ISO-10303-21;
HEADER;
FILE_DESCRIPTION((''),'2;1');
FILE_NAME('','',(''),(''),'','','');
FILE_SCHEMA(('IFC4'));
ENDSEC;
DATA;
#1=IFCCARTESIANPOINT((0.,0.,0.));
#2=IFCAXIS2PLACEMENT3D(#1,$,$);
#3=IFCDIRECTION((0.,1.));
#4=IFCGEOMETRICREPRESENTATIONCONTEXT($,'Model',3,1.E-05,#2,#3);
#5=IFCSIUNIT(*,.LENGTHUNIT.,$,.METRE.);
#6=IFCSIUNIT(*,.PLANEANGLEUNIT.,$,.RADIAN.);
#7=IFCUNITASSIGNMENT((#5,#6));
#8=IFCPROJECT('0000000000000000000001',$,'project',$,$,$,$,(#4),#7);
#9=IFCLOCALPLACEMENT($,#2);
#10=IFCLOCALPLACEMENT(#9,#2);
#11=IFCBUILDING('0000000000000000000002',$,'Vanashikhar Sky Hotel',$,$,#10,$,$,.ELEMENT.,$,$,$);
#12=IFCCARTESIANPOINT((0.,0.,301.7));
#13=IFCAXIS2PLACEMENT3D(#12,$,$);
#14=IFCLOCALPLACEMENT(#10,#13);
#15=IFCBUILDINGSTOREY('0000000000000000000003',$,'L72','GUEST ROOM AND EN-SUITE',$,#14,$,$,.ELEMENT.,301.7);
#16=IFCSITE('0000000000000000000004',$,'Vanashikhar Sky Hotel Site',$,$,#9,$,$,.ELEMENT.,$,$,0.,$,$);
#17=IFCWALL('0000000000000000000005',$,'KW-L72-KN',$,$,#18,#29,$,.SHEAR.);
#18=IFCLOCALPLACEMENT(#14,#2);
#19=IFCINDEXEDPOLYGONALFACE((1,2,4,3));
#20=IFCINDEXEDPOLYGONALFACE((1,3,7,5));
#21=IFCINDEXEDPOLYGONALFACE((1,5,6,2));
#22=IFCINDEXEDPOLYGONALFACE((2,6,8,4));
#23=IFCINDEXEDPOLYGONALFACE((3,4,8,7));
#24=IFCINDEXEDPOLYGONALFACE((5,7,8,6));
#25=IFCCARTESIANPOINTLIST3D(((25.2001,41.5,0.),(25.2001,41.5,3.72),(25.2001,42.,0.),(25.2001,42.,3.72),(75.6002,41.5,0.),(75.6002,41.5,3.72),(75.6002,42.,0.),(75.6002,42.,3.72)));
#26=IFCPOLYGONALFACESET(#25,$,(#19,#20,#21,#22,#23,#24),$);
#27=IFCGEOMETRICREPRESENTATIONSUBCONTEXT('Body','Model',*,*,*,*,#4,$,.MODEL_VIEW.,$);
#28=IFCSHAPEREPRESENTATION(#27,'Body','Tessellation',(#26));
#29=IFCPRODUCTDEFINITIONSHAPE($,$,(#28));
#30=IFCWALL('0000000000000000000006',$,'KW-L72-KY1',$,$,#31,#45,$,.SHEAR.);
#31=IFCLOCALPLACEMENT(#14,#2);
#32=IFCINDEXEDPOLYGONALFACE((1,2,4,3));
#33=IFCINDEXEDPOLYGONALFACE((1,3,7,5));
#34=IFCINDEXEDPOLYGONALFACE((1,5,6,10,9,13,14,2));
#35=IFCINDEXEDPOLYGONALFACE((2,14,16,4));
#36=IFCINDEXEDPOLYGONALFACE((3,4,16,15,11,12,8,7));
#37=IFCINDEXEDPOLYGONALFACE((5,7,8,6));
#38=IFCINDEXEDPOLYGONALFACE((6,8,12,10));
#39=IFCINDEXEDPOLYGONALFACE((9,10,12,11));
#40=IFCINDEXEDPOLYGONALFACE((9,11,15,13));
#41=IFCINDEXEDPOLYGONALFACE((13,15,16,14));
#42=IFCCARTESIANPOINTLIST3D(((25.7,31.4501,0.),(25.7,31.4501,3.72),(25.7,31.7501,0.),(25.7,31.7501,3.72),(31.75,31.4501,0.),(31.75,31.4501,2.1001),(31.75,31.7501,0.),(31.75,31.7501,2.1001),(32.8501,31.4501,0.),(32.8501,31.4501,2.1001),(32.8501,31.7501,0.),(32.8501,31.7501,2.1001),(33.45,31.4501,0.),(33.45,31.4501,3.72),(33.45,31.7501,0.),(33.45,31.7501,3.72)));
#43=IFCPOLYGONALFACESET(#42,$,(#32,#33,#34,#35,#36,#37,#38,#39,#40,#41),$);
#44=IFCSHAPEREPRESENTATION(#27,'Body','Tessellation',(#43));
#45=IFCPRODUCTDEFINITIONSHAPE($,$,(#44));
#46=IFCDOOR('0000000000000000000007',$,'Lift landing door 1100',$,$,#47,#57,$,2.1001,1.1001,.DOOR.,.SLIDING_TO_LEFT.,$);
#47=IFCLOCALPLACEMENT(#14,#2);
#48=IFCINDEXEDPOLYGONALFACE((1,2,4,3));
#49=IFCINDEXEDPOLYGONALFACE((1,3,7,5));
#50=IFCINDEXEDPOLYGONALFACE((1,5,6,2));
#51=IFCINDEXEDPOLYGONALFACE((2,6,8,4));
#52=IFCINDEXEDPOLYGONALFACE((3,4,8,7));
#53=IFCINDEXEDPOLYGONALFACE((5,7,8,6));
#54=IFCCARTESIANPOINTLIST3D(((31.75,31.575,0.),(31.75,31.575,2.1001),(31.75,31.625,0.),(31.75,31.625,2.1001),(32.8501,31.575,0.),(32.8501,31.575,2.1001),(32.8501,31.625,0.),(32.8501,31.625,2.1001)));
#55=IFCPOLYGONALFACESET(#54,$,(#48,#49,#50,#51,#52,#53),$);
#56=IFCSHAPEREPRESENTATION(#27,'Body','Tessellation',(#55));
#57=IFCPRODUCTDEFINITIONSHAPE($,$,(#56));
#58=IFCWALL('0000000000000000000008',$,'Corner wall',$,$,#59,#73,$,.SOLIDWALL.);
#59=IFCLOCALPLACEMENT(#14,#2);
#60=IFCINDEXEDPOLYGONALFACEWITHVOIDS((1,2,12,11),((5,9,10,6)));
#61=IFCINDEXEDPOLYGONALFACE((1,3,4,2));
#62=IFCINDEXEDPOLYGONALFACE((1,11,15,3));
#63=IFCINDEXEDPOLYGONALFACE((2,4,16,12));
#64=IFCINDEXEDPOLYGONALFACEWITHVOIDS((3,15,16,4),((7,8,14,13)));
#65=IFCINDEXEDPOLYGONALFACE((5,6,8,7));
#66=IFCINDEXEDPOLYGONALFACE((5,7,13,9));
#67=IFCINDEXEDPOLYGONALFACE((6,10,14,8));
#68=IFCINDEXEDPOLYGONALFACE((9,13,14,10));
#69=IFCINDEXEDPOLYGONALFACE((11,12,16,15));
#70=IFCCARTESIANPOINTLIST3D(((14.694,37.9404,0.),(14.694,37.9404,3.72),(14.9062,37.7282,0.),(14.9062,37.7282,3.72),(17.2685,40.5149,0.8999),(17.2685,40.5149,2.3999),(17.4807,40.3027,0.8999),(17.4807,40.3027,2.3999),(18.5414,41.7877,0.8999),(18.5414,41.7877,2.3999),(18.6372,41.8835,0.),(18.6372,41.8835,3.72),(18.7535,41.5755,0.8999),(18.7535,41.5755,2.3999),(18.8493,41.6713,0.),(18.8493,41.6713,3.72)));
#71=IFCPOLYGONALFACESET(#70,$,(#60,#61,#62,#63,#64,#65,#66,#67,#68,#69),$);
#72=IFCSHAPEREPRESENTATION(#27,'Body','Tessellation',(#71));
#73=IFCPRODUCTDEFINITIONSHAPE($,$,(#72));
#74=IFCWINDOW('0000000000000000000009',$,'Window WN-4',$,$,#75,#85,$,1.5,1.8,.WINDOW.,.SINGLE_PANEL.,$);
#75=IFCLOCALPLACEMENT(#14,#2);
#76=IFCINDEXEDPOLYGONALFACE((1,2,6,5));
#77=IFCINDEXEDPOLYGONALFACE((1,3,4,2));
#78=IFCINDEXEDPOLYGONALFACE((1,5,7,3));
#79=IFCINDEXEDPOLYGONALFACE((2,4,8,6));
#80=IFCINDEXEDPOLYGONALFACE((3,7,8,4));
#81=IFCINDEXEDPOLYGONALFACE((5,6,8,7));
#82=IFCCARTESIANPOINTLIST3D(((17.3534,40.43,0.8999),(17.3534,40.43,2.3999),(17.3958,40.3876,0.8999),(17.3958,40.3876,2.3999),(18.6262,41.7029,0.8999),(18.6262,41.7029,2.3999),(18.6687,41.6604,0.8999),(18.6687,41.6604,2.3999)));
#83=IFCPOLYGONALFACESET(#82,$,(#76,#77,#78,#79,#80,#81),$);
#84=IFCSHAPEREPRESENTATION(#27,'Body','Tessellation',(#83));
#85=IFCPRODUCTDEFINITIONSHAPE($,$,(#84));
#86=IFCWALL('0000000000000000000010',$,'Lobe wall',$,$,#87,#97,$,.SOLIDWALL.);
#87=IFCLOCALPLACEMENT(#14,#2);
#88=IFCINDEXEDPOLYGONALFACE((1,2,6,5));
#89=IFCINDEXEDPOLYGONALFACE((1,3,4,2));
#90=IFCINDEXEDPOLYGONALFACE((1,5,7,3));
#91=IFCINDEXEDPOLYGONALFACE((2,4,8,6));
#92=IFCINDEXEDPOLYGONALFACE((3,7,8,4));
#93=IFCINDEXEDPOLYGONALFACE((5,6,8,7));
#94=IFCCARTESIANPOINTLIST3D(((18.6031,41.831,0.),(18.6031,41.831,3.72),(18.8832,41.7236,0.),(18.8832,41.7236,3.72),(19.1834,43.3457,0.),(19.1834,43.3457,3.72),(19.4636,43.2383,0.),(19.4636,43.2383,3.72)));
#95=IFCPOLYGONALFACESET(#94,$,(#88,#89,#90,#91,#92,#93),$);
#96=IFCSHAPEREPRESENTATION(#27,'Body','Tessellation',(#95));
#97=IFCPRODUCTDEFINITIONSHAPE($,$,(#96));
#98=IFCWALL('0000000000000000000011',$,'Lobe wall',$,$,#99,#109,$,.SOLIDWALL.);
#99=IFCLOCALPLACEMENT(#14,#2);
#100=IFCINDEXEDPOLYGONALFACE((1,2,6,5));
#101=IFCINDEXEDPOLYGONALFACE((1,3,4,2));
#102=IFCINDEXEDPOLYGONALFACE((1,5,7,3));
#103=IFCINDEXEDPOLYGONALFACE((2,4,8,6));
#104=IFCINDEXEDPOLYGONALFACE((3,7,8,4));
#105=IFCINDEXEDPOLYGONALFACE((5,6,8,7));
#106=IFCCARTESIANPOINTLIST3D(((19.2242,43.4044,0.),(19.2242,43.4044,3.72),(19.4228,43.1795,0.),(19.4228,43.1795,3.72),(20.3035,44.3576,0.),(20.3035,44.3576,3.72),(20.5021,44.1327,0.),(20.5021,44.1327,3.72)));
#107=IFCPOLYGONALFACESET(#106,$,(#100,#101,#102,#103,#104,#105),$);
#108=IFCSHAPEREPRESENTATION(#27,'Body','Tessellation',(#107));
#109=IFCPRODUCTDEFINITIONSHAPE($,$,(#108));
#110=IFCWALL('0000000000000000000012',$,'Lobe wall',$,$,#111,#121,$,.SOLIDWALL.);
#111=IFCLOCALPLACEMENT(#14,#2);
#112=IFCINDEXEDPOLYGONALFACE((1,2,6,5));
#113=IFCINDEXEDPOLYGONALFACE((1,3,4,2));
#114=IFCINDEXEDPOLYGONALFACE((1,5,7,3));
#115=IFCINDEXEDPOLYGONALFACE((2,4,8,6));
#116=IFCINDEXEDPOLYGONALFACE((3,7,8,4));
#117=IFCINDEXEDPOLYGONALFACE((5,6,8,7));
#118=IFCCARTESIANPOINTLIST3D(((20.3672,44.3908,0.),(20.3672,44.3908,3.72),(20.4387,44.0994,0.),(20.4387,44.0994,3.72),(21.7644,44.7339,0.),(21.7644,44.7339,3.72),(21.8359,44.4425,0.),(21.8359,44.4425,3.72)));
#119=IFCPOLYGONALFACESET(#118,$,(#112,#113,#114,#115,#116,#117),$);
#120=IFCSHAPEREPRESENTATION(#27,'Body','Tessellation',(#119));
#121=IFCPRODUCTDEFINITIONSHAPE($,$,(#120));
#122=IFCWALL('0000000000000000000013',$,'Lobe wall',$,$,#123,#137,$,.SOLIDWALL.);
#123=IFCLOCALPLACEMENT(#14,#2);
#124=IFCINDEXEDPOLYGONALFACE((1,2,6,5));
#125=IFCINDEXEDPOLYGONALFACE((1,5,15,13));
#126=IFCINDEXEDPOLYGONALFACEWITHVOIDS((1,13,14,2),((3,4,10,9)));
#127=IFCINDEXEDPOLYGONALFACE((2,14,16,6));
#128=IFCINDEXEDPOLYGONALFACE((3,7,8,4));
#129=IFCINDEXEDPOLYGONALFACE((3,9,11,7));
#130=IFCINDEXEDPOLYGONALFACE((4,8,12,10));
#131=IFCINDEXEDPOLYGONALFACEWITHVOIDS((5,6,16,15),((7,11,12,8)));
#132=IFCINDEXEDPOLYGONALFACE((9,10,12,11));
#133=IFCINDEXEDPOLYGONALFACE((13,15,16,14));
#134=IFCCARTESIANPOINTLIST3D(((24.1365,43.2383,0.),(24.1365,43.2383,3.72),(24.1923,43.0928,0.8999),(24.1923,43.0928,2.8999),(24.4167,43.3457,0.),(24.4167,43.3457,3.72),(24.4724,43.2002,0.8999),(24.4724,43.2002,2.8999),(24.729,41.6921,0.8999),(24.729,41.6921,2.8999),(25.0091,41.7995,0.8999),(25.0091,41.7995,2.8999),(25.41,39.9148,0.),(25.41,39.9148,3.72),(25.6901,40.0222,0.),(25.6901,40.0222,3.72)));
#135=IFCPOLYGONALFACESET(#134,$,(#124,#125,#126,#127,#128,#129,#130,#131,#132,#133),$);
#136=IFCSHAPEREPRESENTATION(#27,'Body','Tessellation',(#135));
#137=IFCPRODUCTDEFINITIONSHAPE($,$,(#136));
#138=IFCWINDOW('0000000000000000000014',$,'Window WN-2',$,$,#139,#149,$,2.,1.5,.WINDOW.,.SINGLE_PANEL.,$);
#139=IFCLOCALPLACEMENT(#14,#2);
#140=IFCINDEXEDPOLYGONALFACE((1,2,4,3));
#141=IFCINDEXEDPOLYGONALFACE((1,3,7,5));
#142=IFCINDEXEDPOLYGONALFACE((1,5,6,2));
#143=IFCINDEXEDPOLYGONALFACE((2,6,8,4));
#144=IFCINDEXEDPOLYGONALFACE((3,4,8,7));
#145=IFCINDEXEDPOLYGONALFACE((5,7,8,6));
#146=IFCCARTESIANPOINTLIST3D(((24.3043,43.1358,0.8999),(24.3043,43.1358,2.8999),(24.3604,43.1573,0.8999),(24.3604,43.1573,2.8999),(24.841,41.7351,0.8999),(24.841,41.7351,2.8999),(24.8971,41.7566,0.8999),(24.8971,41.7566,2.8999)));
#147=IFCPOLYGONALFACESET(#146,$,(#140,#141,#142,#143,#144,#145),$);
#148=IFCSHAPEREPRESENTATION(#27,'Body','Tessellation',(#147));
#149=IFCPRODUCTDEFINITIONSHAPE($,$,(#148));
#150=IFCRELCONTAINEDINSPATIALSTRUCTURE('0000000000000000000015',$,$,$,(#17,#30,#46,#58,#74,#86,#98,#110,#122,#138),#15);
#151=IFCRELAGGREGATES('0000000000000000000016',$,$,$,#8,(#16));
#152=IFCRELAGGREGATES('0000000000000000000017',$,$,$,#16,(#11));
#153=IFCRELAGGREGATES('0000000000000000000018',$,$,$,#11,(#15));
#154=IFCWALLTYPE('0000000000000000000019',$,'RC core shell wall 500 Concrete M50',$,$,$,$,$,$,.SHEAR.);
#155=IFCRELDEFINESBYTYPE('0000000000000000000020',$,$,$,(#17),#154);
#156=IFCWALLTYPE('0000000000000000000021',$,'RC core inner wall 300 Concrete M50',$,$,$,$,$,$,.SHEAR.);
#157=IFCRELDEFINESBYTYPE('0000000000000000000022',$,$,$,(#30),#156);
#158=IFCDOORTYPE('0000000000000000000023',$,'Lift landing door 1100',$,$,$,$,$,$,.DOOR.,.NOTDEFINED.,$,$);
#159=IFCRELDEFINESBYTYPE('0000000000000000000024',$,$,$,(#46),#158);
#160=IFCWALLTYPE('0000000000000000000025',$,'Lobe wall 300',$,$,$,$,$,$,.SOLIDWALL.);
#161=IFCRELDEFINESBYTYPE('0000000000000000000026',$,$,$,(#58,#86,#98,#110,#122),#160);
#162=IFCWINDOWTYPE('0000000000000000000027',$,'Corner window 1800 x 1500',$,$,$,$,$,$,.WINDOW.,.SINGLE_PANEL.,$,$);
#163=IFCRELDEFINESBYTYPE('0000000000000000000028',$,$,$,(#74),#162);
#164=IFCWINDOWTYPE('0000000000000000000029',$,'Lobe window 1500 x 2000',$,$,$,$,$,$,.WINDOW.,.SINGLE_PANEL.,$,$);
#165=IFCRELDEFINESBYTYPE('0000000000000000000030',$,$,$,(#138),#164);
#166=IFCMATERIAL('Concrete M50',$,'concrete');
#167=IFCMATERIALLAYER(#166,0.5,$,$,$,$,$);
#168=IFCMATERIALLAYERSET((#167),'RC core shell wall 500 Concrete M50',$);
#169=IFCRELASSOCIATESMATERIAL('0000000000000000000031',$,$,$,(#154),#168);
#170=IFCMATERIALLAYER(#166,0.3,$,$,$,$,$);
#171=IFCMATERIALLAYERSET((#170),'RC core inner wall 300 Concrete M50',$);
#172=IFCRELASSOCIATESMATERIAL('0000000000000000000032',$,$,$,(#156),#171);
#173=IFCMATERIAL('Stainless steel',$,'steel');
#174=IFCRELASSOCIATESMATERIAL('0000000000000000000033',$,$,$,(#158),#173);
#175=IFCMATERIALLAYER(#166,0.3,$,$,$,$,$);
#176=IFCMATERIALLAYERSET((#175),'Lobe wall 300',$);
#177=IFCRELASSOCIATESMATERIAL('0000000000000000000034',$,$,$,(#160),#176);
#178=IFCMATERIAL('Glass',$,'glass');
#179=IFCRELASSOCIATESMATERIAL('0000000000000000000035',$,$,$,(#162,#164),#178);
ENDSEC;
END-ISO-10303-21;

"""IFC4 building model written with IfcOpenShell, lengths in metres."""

from ifc_helpers import new_model, si_unit, direction, frame, frame_2d, origin, place, context, subcontext, project, spatial, rectangle, extrude, source, transform, mapped, material, layer, layer_set, type_object, element, fill, save


model = new_model("IFC4")

# Units and contexts
model_context = context("Model", 3, precision=1e-05, world=origin(), true_north=direction((0.0, 1.0)))
body_context = subcontext(model_context, "Body", "Model", "MODEL_VIEW")
ifc_project = project(units=[si_unit("LENGTHUNIT", "METRE"), si_unit("PLANEANGLEUNIT", "RADIAN")], contexts=[model_context])

# Site, building, storey
site_placement = place(None, origin())
site = spatial("IfcSite", under=ifc_project, at=site_placement, Name="Vanashikhar Sky Hotel Site", CompositionType="ELEMENT", RefElevation=0.0)
building_placement = place(site_placement, origin())
building = spatial("IfcBuilding", under=site, at=building_placement, Name="Vanashikhar Sky Hotel", CompositionType="ELEMENT")
storey_placement = place(building_placement, frame((0.0, 0.0, 301.7)))
storey = spatial("IfcBuildingStorey", under=building, at=storey_placement, Name="L72", Description="GUEST ROOM AND EN-SUITE", CompositionType="ELEMENT", Elevation=301.7)

# Wall
ifc_material_1 = material(Name="Concrete M50", Category="concrete")
ifc_layer_1 = layer(ifc_material_1, 0.5)
ifc_layer_set_1 = layer_set([ifc_layer_1], Name="RC core shell wall 500 Concrete M50")
wall_type_1 = type_object("IfcWallType", Name="RC core shell wall 500 Concrete M50", PredefinedType="SHEAR", material=ifc_layer_set_1)
shared_shape_1 = source(origin(), body_context, "Body", "SweptSolid", [
    extrude(rectangle(XDim=50.4001, YDim=0.5, at=frame_2d((25.2002, 0.0))), origin(), (0.0, 0.0, 1.0), 3.72),
])
wall_1_placement = place(storey_placement, frame((25.2, 41.75, 0.0), z_axis=(0.0, 0.0, 1.0), x_axis=(1.0, 0.0, 0.0)))
element("IfcWall", 1, at=wall_1_placement, inside=storey, type_object=wall_type_1, Name="KW-L72-KN", PredefinedType="SHEAR", context=body_context, shape_type="MappedRepresentation", body=[
    mapped(shared_shape_1, transform((0.0, 0.0, 0.0), scale=1.0)),
])

# Wall, opening, door
ifc_layer_2 = layer(ifc_material_1, 0.3)
ifc_layer_set_2 = layer_set([ifc_layer_2], Name="RC core inner wall 300 Concrete M50")
wall_type_2 = type_object("IfcWallType", Name="RC core inner wall 300 Concrete M50", PredefinedType="SHEAR", material=ifc_layer_set_2)
shared_shape_2 = source(origin(), body_context, "Body", "SweptSolid", [
    extrude(rectangle(XDim=7.75, YDim=0.3, at=frame_2d((3.875, 0.0))), origin(), (0.0, 0.0, 1.0), 3.72),
])
wall_2_placement = place(storey_placement, frame((25.7, 31.6001, 0.0), z_axis=(0.0, 0.0, 1.0), x_axis=(1.0, 0.0, 0.0)))
wall_2 = element("IfcWall", 2, at=wall_2_placement, inside=storey, type_object=wall_type_2, Name="KW-L72-KY1", PredefinedType="SHEAR", context=body_context, shape_type="MappedRepresentation", body=[
    mapped(shared_shape_2, transform((0.0, 0.0, 0.0), scale=1.0)),
])
shared_shape_3 = source(origin(), body_context, "Body", "SweptSolid", [
    extrude(rectangle(XDim=1.1001, YDim=2.1001, at=frame_2d((0.55, 1.05))), frame((0.0, 0.1602, 0.0), z_axis=(0.0, -1.0, 0.0), x_axis=(1.0, 0.0, 0.0)), (0.0, 0.0, 1.0), 0.3201),
])
opening_1_placement = place(wall_2_placement, frame((6.05, 0.0, 0.0)))
opening_1 = element("IfcOpeningElement", 3, at=opening_1_placement, cuts=wall_2, PredefinedType="OPENING", context=body_context, shape_type="MappedRepresentation", body=[
    mapped(shared_shape_3, transform((0.0, 0.0, 0.0), scale=1.0)),
])
ifc_material_2 = material(Name="Stainless steel", Category="steel")
door_type_1 = type_object("IfcDoorType", Name="Lift landing door 1100", OperationType="NOTDEFINED", PredefinedType="DOOR", material=ifc_material_2)
shared_shape_4 = source(origin(), body_context, "Body", "SweptSolid", [
    extrude(rectangle(XDim=1.1001, YDim=2.1001, at=frame_2d((0.55, 1.05))), frame((0.0, 0.0249, 0.0), z_axis=(0.0, -1.0, 0.0), x_axis=(1.0, 0.0, 0.0)), (0.0, 0.0, 1.0), 0.05),
])
door_1_placement = place(opening_1_placement, origin())
door_1 = element("IfcDoor", 4, at=door_1_placement, inside=storey, type_object=door_type_1, Name="Lift landing door 1100", OperationType="SLIDING_TO_LEFT", OverallHeight=2.1001, OverallWidth=1.1001, PredefinedType="DOOR", context=body_context, shape_type="MappedRepresentation", body=[
    mapped(shared_shape_4, transform((0.0, 0.0, 0.0), scale=1.0)),
])
fill(opening_1, door_1)

# Wall, opening, window
ifc_layer_3 = layer(ifc_material_1, 0.3)
ifc_layer_set_3 = layer_set([ifc_layer_3], Name="Lobe wall 300")
wall_type_3 = type_object("IfcWallType", Name="Lobe wall 300", PredefinedType="SOLIDWALL", material=ifc_layer_set_3)
shared_shape_5 = source(origin(), body_context, "Body", "SweptSolid", [
    extrude(rectangle(XDim=5.5764, YDim=0.3, at=frame_2d((2.7881, 0.0))), origin(), (0.0, 0.0, 1.0), 3.72),
])
wall_3_placement = place(storey_placement, frame((18.7432, 41.7773, 0.0), z_axis=(0.0, 0.0, 1.0), x_axis=(-0.707107, -0.707107, 0.0)))
wall_3 = element("IfcWall", 5, at=wall_3_placement, inside=storey, type_object=wall_type_3, Name="Corner wall", PredefinedType="SOLIDWALL", context=body_context, shape_type="MappedRepresentation", body=[
    mapped(shared_shape_5, transform((0.0, 0.0, 0.0), scale=1.0)),
])
shared_shape_6 = source(origin(), body_context, "Body", "SweptSolid", [
    extrude(rectangle(XDim=1.8, YDim=1.5, at=frame_2d((0.8999, 0.75))), frame((0.0, 0.1602, 0.0), z_axis=(0.0, -1.0, 0.0), x_axis=(1.0, 0.0, 0.0)), (0.0, 0.0, 1.0), 0.3201),
])
opening_2_placement = place(wall_3_placement, frame((0.1355, 0.0, 0.8999)))
opening_2 = element("IfcOpeningElement", 6, at=opening_2_placement, cuts=wall_3, PredefinedType="OPENING", context=body_context, shape_type="MappedRepresentation", body=[
    mapped(shared_shape_6, transform((0.0, 0.0, 0.0), scale=1.0)),
])
ifc_material_3 = material(Name="Glass", Category="glass")
window_type_1 = type_object("IfcWindowType", Name="Corner window 1800 x 1500", PartitioningType="SINGLE_PANEL", PredefinedType="WINDOW", material=ifc_material_3)
shared_shape_7 = source(origin(), body_context, "Body", "SweptSolid", [
    extrude(rectangle(XDim=1.8, YDim=1.5, at=frame_2d((0.8999, 0.75))), frame((0.0, 0.03, 0.0), z_axis=(0.0, -1.0, 0.0), x_axis=(1.0, 0.0, 0.0)), (0.0, 0.0, 1.0), 0.0601),
])
window_1_placement = place(opening_2_placement, origin())
window_1 = element("IfcWindow", 7, at=window_1_placement, inside=storey, type_object=window_type_1, Name="Window WN-4", OverallHeight=1.5, OverallWidth=1.8, PartitioningType="SINGLE_PANEL", PredefinedType="WINDOW", context=body_context, shape_type="MappedRepresentation", body=[
    mapped(shared_shape_7, transform((0.0, 0.0, 0.0), scale=1.0)),
])
fill(opening_2, window_1)

# Walls
shared_shape_8 = source(origin(), body_context, "Body", "SweptSolid", [
    extrude(rectangle(XDim=1.6221, YDim=0.3, at=frame_2d((0.811, 0.0))), origin(), (0.0, 0.0, 1.0), 3.72),
])
wall_4_placement = place(storey_placement, frame((19.3235, 43.292, 0.0), z_axis=(0.0, 0.0, 1.0), x_axis=(-0.357779, -0.933806, 0.0)))
element("IfcWall", 8, at=wall_4_placement, inside=storey, type_object=wall_type_3, Name="Lobe wall", PredefinedType="SOLIDWALL", context=body_context, shape_type="MappedRepresentation", body=[
    mapped(shared_shape_8, transform((0.0, 0.0, 0.0), scale=1.0)),
])
shared_shape_9 = source(origin(), body_context, "Body", "SweptSolid", [
    extrude(rectangle(XDim=1.4399, YDim=0.3, at=frame_2d((0.72, 0.0))), origin(), (0.0, 0.0, 1.0), 3.72),
])
wall_5_placement = place(storey_placement, frame((20.4028, 44.2451, 0.0), z_axis=(0.0, 0.0, 1.0), x_axis=(-0.749576, -0.661919, 0.0)))
element("IfcWall", 9, at=wall_5_placement, inside=storey, type_object=wall_type_3, Name="Lobe wall", PredefinedType="SOLIDWALL", context=body_context, shape_type="MappedRepresentation", body=[
    mapped(shared_shape_9, transform((0.0, 0.0, 0.0), scale=1.0)),
])
shared_shape_10 = source(origin(), body_context, "Body", "SweptSolid", [
    extrude(rectangle(XDim=1.4387, YDim=0.3, at=frame_2d((0.7192, 0.0))), origin(), (0.0, 0.0, 1.0), 3.72),
])
wall_6_placement = place(storey_placement, frame((21.8, 44.5881, 0.0), z_axis=(0.0, 0.0, 1.0), x_axis=(-0.971162, -0.238421, 0.0)))
element("IfcWall", 10, at=wall_6_placement, inside=storey, type_object=wall_type_3, Name="Lobe wall", PredefinedType="SOLIDWALL", context=body_context, shape_type="MappedRepresentation", body=[
    mapped(shared_shape_10, transform((0.0, 0.0, 0.0), scale=1.0)),
])

# Wall, opening, window
shared_shape_11 = source(origin(), body_context, "Body", "SweptSolid", [
    extrude(rectangle(XDim=3.5591, YDim=0.3, at=frame_2d((1.7795, 0.0))), origin(), (0.0, 0.0, 1.0), 3.72),
])
wall_7_placement = place(storey_placement, frame((25.55, 39.9685, 0.0), z_axis=(0.0, 0.0, 1.0), x_axis=(-0.357797, 0.933799, 0.0)))
wall_7 = element("IfcWall", 11, at=wall_7_placement, inside=storey, type_object=wall_type_3, Name="Lobe wall", PredefinedType="SOLIDWALL", context=body_context, shape_type="MappedRepresentation", body=[
    mapped(shared_shape_11, transform((0.0, 0.0, 0.0), scale=1.0)),
])
shared_shape_12 = source(origin(), body_context, "Body", "SweptSolid", [
    extrude(rectangle(XDim=1.5, YDim=2.0, at=frame_2d((0.75, 1.0))), frame((0.0, 0.1602, 0.0), z_axis=(0.0, -1.0, 0.0), x_axis=(1.0, 0.0, 0.0)), (0.0, 0.0, 1.0), 0.3201),
])
opening_3_placement = place(wall_7_placement, frame((1.9033, 0.0, 0.8999)))
opening_3 = element("IfcOpeningElement", 12, at=opening_3_placement, cuts=wall_7, PredefinedType="OPENING", context=body_context, shape_type="MappedRepresentation", body=[
    mapped(shared_shape_12, transform((0.0, 0.0, 0.0), scale=1.0)),
])
window_type_2 = type_object("IfcWindowType", Name="Lobe window 1500 x 2000", PartitioningType="SINGLE_PANEL", PredefinedType="WINDOW", material=ifc_material_3)
shared_shape_13 = source(origin(), body_context, "Body", "SweptSolid", [
    extrude(rectangle(XDim=1.5, YDim=2.0, at=frame_2d((0.75, 1.0))), frame((0.0, 0.03, 0.0), z_axis=(0.0, -1.0, 0.0), x_axis=(1.0, 0.0, 0.0)), (0.0, 0.0, 1.0), 0.0601),
])
window_2_placement = place(opening_3_placement, origin())
window_2 = element("IfcWindow", 13, at=window_2_placement, inside=storey, type_object=window_type_2, Name="Window WN-2", OverallHeight=2.0, OverallWidth=1.5, PartitioningType="SINGLE_PANEL", PredefinedType="WINDOW", context=body_context, shape_type="MappedRepresentation", body=[
    mapped(shared_shape_13, transform((0.0, 0.0, 0.0), scale=1.0)),
])
fill(opening_3, window_2)

save(model, "model.ifc")
